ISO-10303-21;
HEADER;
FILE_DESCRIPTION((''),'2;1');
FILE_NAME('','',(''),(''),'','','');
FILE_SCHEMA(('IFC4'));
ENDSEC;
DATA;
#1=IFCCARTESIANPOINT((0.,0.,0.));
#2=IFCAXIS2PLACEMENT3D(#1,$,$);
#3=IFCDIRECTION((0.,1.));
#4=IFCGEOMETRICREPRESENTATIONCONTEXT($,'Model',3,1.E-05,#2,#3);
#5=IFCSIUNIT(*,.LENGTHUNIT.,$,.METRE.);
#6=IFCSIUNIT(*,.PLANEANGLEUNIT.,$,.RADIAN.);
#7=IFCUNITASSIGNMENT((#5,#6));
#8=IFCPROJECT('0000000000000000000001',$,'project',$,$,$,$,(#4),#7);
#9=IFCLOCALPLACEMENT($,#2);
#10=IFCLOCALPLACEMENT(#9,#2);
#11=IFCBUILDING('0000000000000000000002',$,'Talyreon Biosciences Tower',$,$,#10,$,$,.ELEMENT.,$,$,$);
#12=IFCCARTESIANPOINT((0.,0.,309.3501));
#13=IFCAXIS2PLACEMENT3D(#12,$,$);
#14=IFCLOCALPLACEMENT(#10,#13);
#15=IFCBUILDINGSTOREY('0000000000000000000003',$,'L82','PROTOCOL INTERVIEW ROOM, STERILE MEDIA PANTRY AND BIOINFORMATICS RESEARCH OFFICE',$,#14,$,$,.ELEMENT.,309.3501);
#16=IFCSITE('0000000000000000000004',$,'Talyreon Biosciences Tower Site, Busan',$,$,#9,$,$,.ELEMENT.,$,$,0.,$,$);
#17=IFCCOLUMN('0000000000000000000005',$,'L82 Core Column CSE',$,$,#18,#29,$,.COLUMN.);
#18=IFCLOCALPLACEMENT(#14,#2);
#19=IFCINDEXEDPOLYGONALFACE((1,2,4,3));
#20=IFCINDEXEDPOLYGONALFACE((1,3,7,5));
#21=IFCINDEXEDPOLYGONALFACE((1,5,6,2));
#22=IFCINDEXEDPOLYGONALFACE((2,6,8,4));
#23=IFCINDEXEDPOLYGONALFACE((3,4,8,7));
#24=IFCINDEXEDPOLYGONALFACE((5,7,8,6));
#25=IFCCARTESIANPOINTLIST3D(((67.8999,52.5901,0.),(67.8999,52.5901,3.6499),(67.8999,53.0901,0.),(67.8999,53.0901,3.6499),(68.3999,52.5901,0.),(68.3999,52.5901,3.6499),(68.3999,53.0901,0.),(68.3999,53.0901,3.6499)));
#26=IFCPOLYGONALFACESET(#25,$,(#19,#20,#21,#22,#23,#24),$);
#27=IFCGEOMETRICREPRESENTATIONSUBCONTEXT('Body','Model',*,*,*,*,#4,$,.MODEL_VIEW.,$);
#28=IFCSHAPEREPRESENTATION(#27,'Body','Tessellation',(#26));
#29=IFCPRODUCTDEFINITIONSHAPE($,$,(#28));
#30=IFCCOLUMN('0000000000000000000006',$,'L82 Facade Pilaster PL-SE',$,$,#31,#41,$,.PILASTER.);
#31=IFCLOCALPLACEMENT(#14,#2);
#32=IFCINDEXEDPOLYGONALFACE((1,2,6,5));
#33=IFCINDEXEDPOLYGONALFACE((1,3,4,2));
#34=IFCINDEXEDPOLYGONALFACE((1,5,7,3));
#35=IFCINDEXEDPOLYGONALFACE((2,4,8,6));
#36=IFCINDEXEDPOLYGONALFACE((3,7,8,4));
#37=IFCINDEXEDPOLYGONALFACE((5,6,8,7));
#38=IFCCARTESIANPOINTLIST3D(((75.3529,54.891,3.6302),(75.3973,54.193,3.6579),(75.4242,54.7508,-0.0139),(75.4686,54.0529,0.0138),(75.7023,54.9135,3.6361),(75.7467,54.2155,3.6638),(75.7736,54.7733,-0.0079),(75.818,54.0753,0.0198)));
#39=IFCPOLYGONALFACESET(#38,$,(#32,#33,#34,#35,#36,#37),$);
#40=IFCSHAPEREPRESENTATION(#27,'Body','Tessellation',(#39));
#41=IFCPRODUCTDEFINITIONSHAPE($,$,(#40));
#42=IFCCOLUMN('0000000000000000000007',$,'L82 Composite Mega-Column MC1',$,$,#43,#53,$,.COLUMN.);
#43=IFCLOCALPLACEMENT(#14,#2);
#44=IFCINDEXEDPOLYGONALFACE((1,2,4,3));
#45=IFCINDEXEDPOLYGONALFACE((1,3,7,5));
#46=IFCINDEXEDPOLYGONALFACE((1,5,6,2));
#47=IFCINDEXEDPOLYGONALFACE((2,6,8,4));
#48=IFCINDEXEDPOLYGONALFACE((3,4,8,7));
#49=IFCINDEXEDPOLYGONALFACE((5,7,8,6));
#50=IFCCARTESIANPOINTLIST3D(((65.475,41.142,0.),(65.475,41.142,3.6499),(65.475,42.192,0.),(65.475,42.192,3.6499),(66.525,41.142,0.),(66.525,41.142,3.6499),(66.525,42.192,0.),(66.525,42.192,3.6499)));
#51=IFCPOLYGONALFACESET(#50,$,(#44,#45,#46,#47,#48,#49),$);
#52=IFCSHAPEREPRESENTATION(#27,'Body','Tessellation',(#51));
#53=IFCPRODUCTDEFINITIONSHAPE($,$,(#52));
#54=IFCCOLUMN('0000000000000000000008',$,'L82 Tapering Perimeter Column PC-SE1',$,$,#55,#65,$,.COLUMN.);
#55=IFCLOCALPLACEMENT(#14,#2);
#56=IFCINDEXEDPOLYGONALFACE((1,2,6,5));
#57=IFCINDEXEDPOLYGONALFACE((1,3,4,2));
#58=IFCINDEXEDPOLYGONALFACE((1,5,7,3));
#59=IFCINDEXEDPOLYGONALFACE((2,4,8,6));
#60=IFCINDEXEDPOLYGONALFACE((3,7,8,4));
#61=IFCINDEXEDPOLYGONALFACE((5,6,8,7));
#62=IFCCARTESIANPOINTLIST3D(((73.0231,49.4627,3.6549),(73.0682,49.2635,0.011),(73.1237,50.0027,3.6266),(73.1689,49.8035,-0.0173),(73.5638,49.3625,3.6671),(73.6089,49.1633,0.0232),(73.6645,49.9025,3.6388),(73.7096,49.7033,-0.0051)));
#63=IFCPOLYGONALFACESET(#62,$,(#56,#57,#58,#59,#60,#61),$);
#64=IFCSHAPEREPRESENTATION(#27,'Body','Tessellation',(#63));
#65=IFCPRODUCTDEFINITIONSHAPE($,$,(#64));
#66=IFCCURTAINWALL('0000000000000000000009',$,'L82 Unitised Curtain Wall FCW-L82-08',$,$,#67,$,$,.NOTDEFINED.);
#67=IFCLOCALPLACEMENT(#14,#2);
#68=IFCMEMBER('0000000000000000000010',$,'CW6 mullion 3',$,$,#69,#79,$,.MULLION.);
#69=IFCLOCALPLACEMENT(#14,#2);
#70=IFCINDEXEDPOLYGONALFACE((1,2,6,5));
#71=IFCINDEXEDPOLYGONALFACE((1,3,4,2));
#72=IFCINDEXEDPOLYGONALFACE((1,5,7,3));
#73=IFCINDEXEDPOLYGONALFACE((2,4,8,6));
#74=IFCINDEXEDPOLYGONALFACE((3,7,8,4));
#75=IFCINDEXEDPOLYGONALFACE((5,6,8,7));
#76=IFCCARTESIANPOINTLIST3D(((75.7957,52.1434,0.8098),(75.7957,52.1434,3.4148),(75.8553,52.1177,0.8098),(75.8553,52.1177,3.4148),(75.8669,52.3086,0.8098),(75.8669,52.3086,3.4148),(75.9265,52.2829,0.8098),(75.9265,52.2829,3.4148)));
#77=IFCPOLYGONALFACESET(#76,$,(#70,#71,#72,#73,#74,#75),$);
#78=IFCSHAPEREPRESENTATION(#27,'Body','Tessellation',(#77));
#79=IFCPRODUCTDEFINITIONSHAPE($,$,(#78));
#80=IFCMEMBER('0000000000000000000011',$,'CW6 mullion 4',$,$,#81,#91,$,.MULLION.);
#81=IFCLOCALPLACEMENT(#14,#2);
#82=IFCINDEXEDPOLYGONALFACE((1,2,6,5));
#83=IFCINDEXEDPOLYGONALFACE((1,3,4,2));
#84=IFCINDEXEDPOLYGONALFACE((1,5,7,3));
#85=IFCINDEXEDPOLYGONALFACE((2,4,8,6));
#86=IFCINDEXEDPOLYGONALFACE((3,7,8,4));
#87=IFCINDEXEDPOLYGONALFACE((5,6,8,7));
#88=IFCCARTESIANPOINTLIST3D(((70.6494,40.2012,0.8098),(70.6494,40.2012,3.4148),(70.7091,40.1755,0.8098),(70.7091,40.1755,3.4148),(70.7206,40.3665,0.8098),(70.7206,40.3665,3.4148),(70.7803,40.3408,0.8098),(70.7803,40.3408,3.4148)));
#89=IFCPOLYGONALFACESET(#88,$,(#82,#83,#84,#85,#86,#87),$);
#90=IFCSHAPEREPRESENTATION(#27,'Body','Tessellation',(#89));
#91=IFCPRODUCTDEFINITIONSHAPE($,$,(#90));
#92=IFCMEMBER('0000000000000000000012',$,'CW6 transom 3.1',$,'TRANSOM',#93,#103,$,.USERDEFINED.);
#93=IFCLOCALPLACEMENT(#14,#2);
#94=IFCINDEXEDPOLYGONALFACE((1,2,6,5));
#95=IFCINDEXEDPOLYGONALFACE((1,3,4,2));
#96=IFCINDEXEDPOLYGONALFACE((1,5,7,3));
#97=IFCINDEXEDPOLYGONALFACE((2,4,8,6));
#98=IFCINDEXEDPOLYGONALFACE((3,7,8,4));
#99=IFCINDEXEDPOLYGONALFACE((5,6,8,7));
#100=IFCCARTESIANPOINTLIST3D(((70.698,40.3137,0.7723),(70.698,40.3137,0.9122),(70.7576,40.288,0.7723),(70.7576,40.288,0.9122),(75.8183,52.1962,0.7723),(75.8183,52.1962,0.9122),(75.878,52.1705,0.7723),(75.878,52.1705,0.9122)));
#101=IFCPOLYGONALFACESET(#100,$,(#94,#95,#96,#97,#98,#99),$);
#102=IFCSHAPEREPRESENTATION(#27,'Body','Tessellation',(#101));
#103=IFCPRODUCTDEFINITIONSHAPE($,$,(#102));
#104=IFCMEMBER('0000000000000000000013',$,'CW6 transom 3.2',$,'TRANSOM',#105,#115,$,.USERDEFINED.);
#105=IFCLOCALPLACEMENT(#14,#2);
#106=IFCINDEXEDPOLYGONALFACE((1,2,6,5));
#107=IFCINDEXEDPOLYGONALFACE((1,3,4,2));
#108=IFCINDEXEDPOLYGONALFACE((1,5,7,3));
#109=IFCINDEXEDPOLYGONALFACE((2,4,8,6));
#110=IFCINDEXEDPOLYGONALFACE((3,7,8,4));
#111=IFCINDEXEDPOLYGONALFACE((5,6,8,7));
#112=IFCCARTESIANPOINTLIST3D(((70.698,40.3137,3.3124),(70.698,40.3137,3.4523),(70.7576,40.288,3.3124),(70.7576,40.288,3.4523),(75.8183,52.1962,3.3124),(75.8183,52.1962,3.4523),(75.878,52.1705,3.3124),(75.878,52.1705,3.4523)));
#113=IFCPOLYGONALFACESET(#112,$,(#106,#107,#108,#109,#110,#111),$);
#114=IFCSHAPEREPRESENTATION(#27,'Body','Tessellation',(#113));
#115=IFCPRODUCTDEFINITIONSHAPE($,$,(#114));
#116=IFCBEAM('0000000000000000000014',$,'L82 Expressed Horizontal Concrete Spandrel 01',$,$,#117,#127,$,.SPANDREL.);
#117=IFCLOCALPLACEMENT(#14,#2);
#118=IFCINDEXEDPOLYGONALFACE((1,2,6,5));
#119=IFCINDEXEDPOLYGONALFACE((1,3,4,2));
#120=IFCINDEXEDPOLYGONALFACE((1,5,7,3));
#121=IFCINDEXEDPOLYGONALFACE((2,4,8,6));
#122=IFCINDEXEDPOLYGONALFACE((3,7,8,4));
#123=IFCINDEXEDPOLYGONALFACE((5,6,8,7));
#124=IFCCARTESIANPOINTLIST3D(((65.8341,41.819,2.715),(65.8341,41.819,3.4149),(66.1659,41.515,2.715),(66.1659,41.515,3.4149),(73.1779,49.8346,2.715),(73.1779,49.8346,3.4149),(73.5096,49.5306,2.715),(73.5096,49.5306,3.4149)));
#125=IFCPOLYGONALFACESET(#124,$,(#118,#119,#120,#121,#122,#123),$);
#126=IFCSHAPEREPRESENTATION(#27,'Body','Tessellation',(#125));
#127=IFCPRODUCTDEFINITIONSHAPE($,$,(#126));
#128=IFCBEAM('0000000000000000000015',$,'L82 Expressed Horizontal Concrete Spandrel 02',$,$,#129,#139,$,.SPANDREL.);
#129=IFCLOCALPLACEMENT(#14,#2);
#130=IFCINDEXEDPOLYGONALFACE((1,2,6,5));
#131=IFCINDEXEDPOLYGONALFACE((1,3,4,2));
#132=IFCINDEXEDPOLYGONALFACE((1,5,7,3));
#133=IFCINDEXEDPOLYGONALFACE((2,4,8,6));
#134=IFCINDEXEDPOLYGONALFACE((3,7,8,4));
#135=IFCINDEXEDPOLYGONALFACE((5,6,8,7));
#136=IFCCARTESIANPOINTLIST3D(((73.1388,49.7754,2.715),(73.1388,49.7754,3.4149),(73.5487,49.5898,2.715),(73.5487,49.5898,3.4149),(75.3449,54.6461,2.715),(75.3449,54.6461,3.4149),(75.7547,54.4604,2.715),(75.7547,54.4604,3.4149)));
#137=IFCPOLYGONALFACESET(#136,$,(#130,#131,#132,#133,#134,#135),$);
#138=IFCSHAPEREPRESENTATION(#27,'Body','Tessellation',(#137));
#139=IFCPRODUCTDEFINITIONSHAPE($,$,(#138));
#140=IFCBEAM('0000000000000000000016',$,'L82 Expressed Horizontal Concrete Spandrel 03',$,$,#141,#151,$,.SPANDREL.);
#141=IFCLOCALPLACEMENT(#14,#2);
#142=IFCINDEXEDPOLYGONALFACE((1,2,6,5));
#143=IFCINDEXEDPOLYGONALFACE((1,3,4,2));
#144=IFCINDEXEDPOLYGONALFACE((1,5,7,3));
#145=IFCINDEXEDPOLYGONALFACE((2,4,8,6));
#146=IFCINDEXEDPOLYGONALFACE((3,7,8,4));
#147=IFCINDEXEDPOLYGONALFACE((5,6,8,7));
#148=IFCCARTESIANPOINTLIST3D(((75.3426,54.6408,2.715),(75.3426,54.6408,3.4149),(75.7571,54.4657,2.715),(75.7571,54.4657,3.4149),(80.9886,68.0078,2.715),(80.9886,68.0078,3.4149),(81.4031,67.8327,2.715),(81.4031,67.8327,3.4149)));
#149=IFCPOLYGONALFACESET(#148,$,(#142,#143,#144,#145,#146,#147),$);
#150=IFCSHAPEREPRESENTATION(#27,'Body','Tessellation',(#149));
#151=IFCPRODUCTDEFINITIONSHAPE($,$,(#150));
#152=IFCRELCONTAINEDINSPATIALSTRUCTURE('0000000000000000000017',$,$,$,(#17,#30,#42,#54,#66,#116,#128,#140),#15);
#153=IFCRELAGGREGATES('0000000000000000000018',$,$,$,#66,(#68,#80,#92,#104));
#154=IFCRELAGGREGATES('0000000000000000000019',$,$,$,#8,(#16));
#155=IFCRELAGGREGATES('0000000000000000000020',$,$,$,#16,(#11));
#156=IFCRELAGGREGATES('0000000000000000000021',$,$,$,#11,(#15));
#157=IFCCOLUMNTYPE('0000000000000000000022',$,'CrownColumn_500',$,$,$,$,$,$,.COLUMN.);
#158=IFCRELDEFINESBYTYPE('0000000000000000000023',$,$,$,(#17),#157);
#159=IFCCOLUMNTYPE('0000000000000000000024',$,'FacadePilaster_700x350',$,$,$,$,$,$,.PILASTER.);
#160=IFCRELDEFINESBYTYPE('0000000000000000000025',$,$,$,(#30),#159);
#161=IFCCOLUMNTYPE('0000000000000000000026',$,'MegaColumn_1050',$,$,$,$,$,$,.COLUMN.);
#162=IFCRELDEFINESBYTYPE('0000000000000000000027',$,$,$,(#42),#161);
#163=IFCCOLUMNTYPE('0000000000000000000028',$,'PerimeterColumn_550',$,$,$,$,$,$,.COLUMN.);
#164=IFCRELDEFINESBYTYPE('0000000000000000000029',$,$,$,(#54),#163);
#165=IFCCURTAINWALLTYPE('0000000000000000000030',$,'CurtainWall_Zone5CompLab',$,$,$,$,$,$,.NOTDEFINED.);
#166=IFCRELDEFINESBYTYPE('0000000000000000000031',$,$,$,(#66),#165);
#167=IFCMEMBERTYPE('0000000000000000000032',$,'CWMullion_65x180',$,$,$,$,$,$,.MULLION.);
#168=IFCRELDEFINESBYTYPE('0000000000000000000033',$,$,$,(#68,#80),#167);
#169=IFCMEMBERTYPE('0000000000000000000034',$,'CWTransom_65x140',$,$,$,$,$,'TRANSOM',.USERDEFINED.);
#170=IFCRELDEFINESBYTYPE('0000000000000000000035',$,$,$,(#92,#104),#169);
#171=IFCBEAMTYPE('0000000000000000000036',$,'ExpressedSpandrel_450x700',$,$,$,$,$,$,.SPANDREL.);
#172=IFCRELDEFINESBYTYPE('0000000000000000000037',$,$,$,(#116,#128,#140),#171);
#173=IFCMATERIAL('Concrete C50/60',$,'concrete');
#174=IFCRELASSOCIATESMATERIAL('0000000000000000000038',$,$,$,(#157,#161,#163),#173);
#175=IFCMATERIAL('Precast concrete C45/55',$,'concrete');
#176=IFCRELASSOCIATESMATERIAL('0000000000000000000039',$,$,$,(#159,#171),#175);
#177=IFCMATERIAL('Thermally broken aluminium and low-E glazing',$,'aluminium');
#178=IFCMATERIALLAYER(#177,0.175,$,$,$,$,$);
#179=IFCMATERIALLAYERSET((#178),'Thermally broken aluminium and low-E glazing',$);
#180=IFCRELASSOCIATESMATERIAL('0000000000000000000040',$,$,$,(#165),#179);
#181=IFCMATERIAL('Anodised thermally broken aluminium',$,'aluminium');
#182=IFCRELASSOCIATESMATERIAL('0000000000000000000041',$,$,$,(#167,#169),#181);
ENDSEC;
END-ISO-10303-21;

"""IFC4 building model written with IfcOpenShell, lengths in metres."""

from ifc_helpers import new_model, si_unit, direction, frame, origin, origin_2d, place, context, subcontext, project, spatial, rectangle, extrude, material, layer, layer_set, material_profile, profile_set, type_object, element, aggregate, save


model = new_model("IFC4")

# Units and contexts
model_context = context("Model", 3, precision=1e-05, world=origin(), true_north=direction((0.0, 1.0)))
body_context = subcontext(model_context, "Body", "Model", "MODEL_VIEW")
ifc_project = project(units=[si_unit("LENGTHUNIT", "METRE"), si_unit("PLANEANGLEUNIT", "RADIAN")], contexts=[model_context])

# Site, building, storey
site_placement = place(None, origin())
site = spatial("IfcSite", under=ifc_project, at=site_placement, Name="Talyreon Biosciences Tower Site, Busan", CompositionType="ELEMENT", RefElevation=0.0)
building_placement = place(site_placement, origin())
building = spatial("IfcBuilding", under=site, at=building_placement, Name="Talyreon Biosciences Tower", CompositionType="ELEMENT")
storey_placement = place(building_placement, frame((0.0, 0.0, 309.3501)))
storey = spatial("IfcBuildingStorey", under=building, at=storey_placement, Name="L82", Description="PROTOCOL INTERVIEW ROOM, STERILE MEDIA PANTRY AND BIOINFORMATICS RESEARCH OFFICE", CompositionType="ELEMENT", Elevation=309.3501)

# Columns
ifc_material_1 = material(Name="Concrete C50/60", Category="concrete")
ifc_material_profile_1 = material_profile(ifc_material_1, rectangle(XDim=0.5, YDim=0.5, at=origin_2d()), Name="RC 500x500")
ifc_profile_set_1 = profile_set([ifc_material_profile_1], Name="Concrete C50/60")
column_type_1 = type_object("IfcColumnType", Name="CrownColumn_500", PredefinedType="COLUMN", material=ifc_profile_set_1)
column_1_placement = place(storey_placement, frame((68.1499, 52.8401, 0.0), z_axis=(0.0, 0.0, 1.0), x_axis=(1.0, 0.0, 0.0)))
element("IfcColumn", 1, at=column_1_placement, inside=storey, type_object=column_type_1, Name="L82 Core Column CSE", PredefinedType="COLUMN", context=body_context, shape_type="SweptSolid", body=[
    extrude(rectangle(XDim=0.5, YDim=0.5, at=origin_2d()), origin(), (0.0, 0.0, 1.0), 3.6499),
])
ifc_material_2 = material(Name="Precast concrete C45/55", Category="concrete")
ifc_material_profile_2 = material_profile(ifc_material_2, rectangle(XDim=0.7, YDim=0.3501, at=origin_2d()), Name="RC 700x350")
ifc_profile_set_2 = profile_set([ifc_material_profile_2], Name="Precast concrete C45/55")
column_type_2 = type_object("IfcColumnType", Name="FacadePilaster_700x350", PredefinedType="PILASTER", material=ifc_profile_set_2)
column_2_placement = place(storey_placement, frame((75.6211, 54.4131, 0.0029), z_axis=(-0.019545, 0.038421, 0.99907), x_axis=(0.063447, -0.9972, 0.03959)))
element("IfcColumn", 2, at=column_2_placement, inside=storey, type_object=column_type_2, Name="L82 Facade Pilaster PL-SE", PredefinedType="PILASTER", context=body_context, shape_type="SweptSolid", body=[
    extrude(rectangle(XDim=0.7, YDim=0.3501, at=origin_2d()), origin(), (0.0, 0.0, 1.0), 3.6475),
])
ifc_material_profile_3 = material_profile(ifc_material_1, rectangle(XDim=1.05, YDim=1.05, at=origin_2d()), Name="RC 1050x1050")
ifc_profile_set_3 = profile_set([ifc_material_profile_3], Name="Concrete C50/60")
column_type_3 = type_object("IfcColumnType", Name="MegaColumn_1050", PredefinedType="COLUMN", material=ifc_profile_set_3)
column_3_placement = place(storey_placement, frame((66.0, 41.667, 0.0), z_axis=(0.0, 0.0, 1.0), x_axis=(1.0, 0.0, 0.0)))
element("IfcColumn", 3, at=column_3_placement, inside=storey, type_object=column_type_3, Name="L82 Composite Mega-Column MC1", PredefinedType="COLUMN", context=body_context, shape_type="SweptSolid", body=[
    extrude(rectangle(XDim=1.05, YDim=1.05, at=origin_2d()), origin(), (0.0, 0.0, 1.0), 3.6499),
])
ifc_material_profile_4 = material_profile(ifc_material_1, rectangle(XDim=0.55, YDim=0.55, at=origin_2d()), Name="RC 550x550")
ifc_profile_set_4 = profile_set([ifc_material_profile_4], Name="Concrete C50/60")
column_type_4 = type_object("IfcColumnType", Name="PerimeterColumn_550", PredefinedType="COLUMN", material=ifc_profile_set_4)
column_4_placement = place(storey_placement, frame((73.3889, 49.4834, 0.0029), z_axis=(-0.012375, 0.054584, 0.998432), x_axis=(-0.183053, -0.981758, 0.051404)))
element("IfcColumn", 4, at=column_4_placement, inside=storey, type_object=column_type_4, Name="L82 Tapering Perimeter Column PC-SE1", PredefinedType="COLUMN", context=body_context, shape_type="SweptSolid", body=[
    extrude(rectangle(XDim=0.55, YDim=0.55, at=origin_2d()), origin(), (0.0, 0.0, 1.0), 3.6497),
])

# Curtain wall, members
ifc_material_3 = material(Name="Thermally broken aluminium and low-E glazing", Category="aluminium")
ifc_layer_1 = layer(ifc_material_3, 0.175)
ifc_layer_set_1 = layer_set([ifc_layer_1], Name="Thermally broken aluminium and low-E glazing")
curtain_wall_type = type_object("IfcCurtainWallType", Name="CurtainWall_Zone5CompLab", PredefinedType="NOTDEFINED", material=ifc_layer_set_1)
curtain_wall_placement = place(storey_placement, origin())
curtain_wall = element("IfcCurtainWall", 5, at=curtain_wall_placement, inside=storey, type_object=curtain_wall_type, Name="L82 Unitised Curtain Wall FCW-L82-08", PredefinedType="NOTDEFINED")
ifc_material_4 = material(Name="Anodised thermally broken aluminium", Category="aluminium")
ifc_material_profile_5 = material_profile(ifc_material_4, rectangle(XDim=0.0649, YDim=0.1799, at=origin_2d()), Name="ALUM MULLION 65x180")
ifc_profile_set_5 = profile_set([ifc_material_profile_5], Name="Anodised thermally broken aluminium")
member_type_1 = type_object("IfcMemberType", Name="CWMullion_65x180", PredefinedType="MULLION", material=ifc_profile_set_5)
member_1_placement = place(storey_placement, frame((75.8611, 52.2131, 0.8098), z_axis=(0.0, 0.0, 1.0), x_axis=(0.918363, -0.395738, 0.0)))
member_1 = element("IfcMember", 6, at=member_1_placement, type_object=member_type_1, Name="CW6 mullion 3", PredefinedType="MULLION", context=body_context, shape_type="SweptSolid", body=[
    extrude(rectangle(XDim=0.0649, YDim=0.1799, at=origin_2d()), origin(), (0.0, 0.0, 1.0), 2.605),
])
member_2_placement = place(storey_placement, frame((70.7148, 40.271, 0.8098), z_axis=(0.0, 0.0, 1.0), x_axis=(0.918363, -0.395738, 0.0)))
member_2 = element("IfcMember", 7, at=member_2_placement, type_object=member_type_1, Name="CW6 mullion 4", PredefinedType="MULLION", context=body_context, shape_type="SweptSolid", body=[
    extrude(rectangle(XDim=0.0649, YDim=0.1799, at=origin_2d()), origin(), (0.0, 0.0, 1.0), 2.605),
])
ifc_material_profile_6 = material_profile(ifc_material_4, rectangle(XDim=0.0649, YDim=0.1399, at=origin_2d()), Name="ALUM TRANSOM 65x140")
ifc_profile_set_6 = profile_set([ifc_material_profile_6], Name="Anodised thermally broken aluminium")
member_type_2 = type_object("IfcMemberType", Name="CWTransom_65x140", ElementType="TRANSOM", PredefinedType="USERDEFINED", material=ifc_profile_set_6)
member_3_placement = place(storey_placement, frame((75.8481, 52.1833, 0.8423), z_axis=(-0.395736, -0.918364, 0.0), x_axis=(0.918364, -0.395736, 0.0)))
member_3 = element("IfcMember", 8, at=member_3_placement, type_object=member_type_2, Name="CW6 transom 3.1", ObjectType="TRANSOM", PredefinedType="USERDEFINED", context=body_context, shape_type="SweptSolid", body=[
    extrude(rectangle(XDim=0.0649, YDim=0.1399, at=origin_2d()), origin(), (0.0, 0.0, 1.0), 12.9387),
])
member_4_placement = place(storey_placement, frame((75.8481, 52.1833, 3.3823), z_axis=(-0.395736, -0.918364, 0.0), x_axis=(0.918364, -0.395736, 0.0)))
member_4 = element("IfcMember", 9, at=member_4_placement, type_object=member_type_2, Name="CW6 transom 3.2", ObjectType="TRANSOM", PredefinedType="USERDEFINED", context=body_context, shape_type="SweptSolid", body=[
    extrude(rectangle(XDim=0.0649, YDim=0.1399, at=origin_2d()), origin(), (0.0, 0.0, 1.0), 12.9387),
])

# Beams
ifc_material_profile_7 = material_profile(ifc_material_2, rectangle(XDim=0.45, YDim=0.7, at=origin_2d()), Name="RCB 450x700")
ifc_profile_set_7 = profile_set([ifc_material_profile_7], Name="Precast concrete C45/55")
beam_type_1 = type_object("IfcBeamType", Name="ExpressedSpandrel_450x700", PredefinedType="SPANDREL", material=ifc_profile_set_7)
beam_1_placement = place(storey_placement, frame((66.0, 41.667, 3.0649), z_axis=(0.675529, 0.737333, 0.0), x_axis=(-0.737333, 0.675529, 0.0)))
element("IfcBeam", 10, at=beam_1_placement, inside=storey, type_object=beam_type_1, Name="L82 Expressed Horizontal Concrete Spandrel 01", PredefinedType="SPANDREL", context=body_context, shape_type="SweptSolid", body=[
    extrude(rectangle(XDim=0.45, YDim=0.7, at=origin_2d()), origin(), (0.0, 0.0, 1.0), 10.8711),
])
beam_2_placement = place(storey_placement, frame((73.3438, 49.6826, 3.0649), z_axis=(0.412585, 0.910919, 0.0), x_axis=(-0.910919, 0.412585, 0.0)))
element("IfcBeam", 11, at=beam_2_placement, inside=storey, type_object=beam_type_1, Name="L82 Expressed Horizontal Concrete Spandrel 02", PredefinedType="SPANDREL", context=body_context, shape_type="SweptSolid", body=[
    extrude(rectangle(XDim=0.45, YDim=0.7, at=origin_2d()), origin(), (0.0, 0.0, 1.0), 5.3469),
])
beam_3_placement = place(storey_placement, frame((75.5498, 54.5532, 3.0649), z_axis=(0.389099, 0.921196, 0.0), x_axis=(-0.921196, 0.389099, 0.0)))
element("IfcBeam", 12, at=beam_3_placement, inside=storey, type_object=beam_type_1, Name="L82 Expressed Horizontal Concrete Spandrel 03", PredefinedType="SPANDREL", context=body_context, shape_type="SweptSolid", body=[
    extrude(rectangle(XDim=0.45, YDim=0.7, at=origin_2d()), origin(), (0.0, 0.0, 1.0), 14.5105),
])

aggregate(curtain_wall, [member_1, member_2, member_3, member_4])

save(model, "model.ifc")
